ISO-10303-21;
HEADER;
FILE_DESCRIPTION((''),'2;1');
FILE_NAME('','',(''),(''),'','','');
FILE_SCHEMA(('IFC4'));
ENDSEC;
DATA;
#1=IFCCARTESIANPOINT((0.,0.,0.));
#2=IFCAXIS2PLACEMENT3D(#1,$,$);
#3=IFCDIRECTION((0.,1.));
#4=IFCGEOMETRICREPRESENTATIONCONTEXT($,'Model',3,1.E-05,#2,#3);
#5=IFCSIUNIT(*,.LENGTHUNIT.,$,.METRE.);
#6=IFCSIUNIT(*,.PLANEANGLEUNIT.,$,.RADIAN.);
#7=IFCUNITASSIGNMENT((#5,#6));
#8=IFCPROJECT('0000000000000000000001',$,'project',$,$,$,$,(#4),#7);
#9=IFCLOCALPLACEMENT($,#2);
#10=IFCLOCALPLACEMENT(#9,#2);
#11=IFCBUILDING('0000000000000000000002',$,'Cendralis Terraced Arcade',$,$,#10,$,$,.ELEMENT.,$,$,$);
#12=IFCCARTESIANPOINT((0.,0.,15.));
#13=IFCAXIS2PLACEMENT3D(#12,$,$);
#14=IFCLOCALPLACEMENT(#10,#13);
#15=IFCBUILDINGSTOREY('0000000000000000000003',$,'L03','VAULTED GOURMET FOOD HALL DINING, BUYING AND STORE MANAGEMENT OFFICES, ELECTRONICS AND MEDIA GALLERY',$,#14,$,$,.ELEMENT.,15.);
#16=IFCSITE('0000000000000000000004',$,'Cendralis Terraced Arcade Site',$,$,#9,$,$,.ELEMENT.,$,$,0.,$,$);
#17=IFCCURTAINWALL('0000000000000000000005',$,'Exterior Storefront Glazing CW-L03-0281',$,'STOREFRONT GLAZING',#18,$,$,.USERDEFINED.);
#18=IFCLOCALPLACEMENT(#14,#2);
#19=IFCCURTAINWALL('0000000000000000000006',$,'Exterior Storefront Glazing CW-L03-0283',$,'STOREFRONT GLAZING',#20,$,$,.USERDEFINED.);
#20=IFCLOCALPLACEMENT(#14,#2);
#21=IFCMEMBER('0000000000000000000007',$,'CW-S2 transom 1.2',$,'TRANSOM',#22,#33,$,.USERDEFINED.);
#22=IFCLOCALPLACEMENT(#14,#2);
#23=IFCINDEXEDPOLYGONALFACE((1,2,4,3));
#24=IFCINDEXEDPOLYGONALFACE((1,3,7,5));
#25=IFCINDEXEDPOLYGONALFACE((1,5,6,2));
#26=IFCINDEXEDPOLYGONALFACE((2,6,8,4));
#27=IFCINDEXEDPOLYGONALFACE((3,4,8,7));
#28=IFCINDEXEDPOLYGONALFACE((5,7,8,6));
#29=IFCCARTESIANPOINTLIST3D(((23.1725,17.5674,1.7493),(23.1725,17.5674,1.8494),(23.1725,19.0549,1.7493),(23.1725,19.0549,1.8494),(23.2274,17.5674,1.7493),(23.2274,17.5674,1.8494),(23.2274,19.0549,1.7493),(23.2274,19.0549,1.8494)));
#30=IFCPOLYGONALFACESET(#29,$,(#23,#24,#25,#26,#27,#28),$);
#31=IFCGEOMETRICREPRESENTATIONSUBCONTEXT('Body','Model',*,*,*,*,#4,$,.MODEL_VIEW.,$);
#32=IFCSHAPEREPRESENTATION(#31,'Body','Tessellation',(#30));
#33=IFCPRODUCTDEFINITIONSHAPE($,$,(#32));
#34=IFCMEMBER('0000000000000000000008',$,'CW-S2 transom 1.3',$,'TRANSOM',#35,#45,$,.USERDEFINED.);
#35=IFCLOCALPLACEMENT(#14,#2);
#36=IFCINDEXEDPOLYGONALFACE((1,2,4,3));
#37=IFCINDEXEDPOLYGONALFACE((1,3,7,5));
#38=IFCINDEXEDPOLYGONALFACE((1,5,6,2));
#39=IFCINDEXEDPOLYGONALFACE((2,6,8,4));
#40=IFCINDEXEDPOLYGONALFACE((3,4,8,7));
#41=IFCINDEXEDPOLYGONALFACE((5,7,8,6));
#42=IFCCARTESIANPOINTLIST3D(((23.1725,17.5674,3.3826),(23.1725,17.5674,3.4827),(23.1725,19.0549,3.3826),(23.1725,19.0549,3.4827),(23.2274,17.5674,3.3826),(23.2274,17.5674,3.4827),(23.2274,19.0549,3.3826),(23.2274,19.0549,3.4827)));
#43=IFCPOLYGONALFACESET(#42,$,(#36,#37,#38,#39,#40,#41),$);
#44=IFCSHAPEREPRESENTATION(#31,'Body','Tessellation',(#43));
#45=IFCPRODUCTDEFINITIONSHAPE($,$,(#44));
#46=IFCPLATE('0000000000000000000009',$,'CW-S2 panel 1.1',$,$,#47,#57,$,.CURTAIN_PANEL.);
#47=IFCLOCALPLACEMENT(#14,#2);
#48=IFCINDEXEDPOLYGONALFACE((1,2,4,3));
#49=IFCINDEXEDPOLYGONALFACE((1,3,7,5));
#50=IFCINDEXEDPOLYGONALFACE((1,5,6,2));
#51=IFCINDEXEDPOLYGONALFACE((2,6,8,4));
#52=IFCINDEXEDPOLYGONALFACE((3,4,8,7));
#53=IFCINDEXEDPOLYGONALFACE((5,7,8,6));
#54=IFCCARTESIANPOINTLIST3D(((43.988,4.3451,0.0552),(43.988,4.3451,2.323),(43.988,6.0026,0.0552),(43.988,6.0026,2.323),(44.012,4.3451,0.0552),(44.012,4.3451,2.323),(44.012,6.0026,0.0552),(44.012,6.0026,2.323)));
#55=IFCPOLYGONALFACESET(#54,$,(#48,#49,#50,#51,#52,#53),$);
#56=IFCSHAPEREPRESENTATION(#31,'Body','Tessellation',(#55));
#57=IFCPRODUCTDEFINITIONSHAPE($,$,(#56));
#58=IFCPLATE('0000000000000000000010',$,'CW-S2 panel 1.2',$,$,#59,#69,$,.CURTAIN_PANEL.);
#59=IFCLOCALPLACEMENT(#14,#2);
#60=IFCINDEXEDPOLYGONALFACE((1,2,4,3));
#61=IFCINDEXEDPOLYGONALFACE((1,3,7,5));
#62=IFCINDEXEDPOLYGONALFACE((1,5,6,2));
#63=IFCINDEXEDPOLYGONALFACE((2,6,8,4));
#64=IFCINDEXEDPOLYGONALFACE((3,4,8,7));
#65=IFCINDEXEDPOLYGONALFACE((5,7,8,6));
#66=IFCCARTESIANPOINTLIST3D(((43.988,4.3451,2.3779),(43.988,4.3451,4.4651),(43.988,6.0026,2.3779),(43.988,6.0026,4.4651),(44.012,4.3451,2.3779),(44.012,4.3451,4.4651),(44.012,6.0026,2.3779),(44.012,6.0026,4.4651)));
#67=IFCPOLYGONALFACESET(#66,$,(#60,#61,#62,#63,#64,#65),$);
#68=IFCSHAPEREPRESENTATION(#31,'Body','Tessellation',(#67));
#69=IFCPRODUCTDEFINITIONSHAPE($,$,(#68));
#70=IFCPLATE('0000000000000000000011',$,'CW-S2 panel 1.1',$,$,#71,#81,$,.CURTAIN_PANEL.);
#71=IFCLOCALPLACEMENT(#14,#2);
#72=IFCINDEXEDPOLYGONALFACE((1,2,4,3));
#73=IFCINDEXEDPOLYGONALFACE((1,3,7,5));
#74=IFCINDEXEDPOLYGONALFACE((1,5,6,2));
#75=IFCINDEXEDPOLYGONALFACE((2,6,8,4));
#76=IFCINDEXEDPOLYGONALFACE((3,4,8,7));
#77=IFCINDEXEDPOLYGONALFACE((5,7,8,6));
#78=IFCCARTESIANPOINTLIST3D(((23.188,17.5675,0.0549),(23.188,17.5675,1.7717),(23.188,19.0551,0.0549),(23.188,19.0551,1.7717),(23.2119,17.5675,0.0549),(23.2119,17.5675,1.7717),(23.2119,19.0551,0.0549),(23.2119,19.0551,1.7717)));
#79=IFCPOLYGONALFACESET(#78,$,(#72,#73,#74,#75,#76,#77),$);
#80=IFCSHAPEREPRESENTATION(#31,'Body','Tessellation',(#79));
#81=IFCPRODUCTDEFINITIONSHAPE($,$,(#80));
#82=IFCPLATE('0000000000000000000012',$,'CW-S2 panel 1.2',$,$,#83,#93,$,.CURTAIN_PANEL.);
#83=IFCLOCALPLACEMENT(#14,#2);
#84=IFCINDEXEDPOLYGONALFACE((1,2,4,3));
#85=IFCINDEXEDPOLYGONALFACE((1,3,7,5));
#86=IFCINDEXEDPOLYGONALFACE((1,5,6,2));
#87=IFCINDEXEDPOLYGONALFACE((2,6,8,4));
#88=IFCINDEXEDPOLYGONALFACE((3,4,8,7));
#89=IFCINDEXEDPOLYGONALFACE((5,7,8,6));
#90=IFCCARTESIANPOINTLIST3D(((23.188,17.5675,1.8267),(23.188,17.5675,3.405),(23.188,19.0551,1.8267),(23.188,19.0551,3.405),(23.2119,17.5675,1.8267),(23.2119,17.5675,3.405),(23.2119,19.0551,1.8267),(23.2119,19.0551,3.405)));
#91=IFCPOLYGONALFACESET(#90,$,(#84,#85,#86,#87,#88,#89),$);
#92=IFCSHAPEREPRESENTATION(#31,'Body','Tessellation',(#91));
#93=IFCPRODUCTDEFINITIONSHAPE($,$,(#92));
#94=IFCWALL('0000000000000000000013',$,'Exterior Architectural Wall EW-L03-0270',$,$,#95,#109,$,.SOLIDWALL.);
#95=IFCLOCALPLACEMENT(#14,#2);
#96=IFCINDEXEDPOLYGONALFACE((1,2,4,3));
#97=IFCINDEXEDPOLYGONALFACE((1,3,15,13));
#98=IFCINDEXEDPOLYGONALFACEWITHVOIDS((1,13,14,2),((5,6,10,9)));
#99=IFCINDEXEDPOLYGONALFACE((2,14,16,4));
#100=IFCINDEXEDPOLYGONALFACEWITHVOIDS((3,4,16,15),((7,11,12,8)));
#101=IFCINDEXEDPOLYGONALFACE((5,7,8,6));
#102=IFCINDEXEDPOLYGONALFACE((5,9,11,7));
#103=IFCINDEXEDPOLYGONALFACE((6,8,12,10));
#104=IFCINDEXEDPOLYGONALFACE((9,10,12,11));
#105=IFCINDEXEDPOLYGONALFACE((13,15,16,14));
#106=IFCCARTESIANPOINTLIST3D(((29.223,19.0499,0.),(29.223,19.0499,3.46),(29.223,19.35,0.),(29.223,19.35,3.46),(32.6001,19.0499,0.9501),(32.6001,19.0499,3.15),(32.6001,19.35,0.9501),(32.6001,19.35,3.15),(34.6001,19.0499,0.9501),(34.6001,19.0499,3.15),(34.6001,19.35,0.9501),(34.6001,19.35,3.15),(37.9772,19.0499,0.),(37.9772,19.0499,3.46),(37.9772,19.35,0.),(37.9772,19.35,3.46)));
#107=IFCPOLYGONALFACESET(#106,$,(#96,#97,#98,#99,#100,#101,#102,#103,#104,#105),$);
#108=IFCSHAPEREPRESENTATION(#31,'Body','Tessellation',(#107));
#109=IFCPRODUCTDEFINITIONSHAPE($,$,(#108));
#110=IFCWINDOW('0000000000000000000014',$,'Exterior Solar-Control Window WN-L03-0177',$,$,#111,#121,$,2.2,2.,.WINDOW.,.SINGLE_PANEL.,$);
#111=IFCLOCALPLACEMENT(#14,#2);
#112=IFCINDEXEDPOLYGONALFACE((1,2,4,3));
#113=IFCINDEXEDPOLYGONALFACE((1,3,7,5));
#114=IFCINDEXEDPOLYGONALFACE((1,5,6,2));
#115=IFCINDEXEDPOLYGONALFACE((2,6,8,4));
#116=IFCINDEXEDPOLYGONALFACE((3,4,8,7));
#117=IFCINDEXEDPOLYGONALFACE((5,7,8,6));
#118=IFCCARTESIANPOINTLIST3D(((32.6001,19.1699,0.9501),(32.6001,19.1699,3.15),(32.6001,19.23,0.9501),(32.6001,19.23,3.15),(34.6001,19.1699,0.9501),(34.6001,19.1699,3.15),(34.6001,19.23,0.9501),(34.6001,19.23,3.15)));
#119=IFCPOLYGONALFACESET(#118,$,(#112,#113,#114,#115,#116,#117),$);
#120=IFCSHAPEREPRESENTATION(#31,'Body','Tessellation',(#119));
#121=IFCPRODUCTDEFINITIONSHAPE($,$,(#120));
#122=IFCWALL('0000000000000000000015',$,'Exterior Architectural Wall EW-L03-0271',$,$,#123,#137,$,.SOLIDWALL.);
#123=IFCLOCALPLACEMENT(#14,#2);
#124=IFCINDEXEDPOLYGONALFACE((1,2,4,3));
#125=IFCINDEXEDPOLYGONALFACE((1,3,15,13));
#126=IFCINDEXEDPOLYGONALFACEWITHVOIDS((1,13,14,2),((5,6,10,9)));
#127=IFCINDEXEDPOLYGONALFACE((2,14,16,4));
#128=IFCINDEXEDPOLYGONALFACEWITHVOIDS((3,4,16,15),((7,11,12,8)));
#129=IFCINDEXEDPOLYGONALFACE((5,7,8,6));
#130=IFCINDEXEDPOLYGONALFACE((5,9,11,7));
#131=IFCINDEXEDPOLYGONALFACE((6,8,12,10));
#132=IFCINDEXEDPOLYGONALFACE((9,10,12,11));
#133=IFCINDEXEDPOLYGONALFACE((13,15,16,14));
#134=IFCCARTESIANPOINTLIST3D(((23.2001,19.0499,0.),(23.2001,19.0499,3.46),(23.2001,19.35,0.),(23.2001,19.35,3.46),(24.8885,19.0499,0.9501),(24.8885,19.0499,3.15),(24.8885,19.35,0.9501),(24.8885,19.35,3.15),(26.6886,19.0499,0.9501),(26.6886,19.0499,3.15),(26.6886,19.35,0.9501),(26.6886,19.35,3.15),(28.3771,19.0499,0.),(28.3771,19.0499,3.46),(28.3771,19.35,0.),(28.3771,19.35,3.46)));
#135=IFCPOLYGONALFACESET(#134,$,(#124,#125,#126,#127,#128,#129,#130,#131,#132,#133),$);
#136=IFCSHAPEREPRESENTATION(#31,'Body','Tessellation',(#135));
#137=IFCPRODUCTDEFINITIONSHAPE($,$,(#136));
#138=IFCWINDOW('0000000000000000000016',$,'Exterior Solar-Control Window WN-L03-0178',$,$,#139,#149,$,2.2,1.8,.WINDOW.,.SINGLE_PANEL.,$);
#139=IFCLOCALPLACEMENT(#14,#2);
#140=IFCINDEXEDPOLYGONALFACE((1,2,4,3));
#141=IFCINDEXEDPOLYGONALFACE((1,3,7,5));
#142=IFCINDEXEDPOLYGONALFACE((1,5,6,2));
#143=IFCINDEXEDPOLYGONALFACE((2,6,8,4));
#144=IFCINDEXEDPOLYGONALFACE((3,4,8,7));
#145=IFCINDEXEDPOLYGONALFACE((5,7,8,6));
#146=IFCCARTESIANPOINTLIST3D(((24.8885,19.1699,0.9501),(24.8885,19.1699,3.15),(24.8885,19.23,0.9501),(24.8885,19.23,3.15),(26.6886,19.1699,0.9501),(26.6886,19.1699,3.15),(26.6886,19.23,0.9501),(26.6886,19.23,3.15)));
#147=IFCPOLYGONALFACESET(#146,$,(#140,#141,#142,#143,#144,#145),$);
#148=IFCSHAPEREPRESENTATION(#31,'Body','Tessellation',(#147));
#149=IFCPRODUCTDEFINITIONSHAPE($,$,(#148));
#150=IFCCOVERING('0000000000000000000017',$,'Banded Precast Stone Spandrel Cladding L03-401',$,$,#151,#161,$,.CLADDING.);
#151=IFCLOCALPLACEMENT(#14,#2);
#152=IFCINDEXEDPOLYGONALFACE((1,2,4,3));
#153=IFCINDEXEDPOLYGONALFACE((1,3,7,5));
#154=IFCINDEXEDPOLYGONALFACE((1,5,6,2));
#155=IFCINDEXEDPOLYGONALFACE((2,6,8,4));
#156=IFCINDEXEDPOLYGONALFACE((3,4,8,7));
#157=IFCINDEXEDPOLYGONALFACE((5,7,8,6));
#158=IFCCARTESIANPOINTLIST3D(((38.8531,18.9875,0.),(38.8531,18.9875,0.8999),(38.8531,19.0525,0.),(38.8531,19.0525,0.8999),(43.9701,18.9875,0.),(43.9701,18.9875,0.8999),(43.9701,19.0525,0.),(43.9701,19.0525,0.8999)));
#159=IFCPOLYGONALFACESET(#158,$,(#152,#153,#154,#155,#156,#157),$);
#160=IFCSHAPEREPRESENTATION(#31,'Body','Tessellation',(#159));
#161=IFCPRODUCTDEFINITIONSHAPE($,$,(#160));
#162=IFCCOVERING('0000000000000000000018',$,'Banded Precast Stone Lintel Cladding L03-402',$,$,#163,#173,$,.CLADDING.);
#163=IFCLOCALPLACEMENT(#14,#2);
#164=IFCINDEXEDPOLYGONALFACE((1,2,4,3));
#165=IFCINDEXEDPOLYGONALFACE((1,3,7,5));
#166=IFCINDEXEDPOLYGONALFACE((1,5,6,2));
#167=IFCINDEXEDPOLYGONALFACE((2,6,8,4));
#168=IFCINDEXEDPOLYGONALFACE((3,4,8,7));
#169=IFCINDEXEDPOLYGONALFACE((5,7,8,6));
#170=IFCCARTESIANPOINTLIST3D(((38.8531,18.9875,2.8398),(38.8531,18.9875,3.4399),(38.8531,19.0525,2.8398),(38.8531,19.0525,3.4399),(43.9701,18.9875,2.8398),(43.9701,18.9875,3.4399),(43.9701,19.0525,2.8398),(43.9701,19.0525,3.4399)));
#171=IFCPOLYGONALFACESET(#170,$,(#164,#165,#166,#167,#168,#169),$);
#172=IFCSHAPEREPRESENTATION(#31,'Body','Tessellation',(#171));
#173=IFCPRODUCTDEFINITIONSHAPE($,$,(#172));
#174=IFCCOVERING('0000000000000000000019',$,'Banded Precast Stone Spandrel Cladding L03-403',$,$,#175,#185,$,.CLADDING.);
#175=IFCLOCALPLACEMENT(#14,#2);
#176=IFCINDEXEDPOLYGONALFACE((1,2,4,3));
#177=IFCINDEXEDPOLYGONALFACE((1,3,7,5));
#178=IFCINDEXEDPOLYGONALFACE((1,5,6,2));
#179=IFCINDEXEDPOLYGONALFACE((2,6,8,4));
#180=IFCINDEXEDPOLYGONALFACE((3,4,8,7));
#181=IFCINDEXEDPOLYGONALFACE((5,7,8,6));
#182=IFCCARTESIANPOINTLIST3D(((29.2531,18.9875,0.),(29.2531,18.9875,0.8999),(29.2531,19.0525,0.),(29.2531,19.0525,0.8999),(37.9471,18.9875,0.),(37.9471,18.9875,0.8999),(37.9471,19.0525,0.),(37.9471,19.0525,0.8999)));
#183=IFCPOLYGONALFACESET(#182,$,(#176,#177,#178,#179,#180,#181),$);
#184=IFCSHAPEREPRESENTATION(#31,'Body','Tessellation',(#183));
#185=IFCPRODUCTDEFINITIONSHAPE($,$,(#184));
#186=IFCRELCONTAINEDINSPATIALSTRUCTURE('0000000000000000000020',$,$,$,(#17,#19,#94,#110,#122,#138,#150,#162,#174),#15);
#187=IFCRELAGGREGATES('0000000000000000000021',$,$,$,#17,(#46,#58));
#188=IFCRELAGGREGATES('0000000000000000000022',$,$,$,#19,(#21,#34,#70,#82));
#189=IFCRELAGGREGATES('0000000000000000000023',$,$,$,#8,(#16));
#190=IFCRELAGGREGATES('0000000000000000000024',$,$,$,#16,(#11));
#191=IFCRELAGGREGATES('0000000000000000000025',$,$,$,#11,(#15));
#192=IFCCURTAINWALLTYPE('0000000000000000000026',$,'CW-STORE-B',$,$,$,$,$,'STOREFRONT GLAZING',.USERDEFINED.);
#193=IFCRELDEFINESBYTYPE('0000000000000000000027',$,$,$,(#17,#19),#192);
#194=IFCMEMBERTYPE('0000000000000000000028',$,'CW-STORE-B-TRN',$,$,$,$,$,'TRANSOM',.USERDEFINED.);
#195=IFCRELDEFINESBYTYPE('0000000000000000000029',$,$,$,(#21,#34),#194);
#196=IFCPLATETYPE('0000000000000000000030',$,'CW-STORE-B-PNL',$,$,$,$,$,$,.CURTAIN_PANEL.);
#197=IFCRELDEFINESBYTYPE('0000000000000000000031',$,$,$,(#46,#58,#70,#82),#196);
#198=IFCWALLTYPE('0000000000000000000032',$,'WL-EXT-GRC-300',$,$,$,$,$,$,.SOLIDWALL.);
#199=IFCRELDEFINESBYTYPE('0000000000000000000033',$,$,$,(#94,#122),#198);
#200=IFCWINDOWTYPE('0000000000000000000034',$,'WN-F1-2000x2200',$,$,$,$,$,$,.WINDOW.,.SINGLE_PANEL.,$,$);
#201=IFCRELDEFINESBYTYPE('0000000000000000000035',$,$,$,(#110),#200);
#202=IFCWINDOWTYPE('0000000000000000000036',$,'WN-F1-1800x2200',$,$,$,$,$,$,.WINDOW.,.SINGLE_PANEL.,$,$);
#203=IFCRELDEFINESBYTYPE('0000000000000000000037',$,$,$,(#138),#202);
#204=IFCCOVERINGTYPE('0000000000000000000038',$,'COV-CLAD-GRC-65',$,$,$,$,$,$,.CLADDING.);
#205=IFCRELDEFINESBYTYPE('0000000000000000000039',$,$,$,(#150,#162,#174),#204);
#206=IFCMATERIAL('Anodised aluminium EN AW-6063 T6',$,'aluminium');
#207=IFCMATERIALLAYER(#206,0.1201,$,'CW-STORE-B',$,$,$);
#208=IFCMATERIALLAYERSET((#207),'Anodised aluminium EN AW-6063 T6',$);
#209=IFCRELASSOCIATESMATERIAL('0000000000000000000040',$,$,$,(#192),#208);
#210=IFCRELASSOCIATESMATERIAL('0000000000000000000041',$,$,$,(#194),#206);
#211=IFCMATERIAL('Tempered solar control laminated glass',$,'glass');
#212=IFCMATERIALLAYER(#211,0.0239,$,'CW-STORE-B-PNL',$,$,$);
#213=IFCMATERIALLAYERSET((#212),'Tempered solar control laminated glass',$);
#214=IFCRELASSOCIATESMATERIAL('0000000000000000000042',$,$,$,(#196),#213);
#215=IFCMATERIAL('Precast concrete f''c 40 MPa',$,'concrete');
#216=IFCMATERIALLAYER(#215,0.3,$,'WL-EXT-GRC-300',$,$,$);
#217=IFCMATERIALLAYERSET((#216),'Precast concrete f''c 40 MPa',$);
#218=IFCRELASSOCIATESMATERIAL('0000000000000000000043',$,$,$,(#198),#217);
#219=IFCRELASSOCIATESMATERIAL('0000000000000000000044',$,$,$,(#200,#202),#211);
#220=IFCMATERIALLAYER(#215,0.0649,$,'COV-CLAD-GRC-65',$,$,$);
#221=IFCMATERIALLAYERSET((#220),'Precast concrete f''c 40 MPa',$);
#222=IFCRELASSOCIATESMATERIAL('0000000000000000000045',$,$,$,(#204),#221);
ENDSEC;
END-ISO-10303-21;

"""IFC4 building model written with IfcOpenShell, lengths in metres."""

from ifc_helpers import new_model, si_unit, direction, frame, frame_2d, origin, origin_2d, place, context, subcontext, project, spatial, rectangle, extrude, material, layer, layer_set, material_profile, profile_set, type_object, element, fill, aggregate, save


model = new_model("IFC4")

# Units and contexts
model_context = context("Model", 3, precision=1e-05, world=origin(), true_north=direction((0.0, 1.0)))
body_context = subcontext(model_context, "Body", "Model", "MODEL_VIEW")
ifc_project = project(units=[si_unit("LENGTHUNIT", "METRE"), si_unit("PLANEANGLEUNIT", "RADIAN")], contexts=[model_context])

# Site, building, storey
site_placement = place(None, origin())
site = spatial("IfcSite", under=ifc_project, at=site_placement, Name="Cendralis Terraced Arcade Site", CompositionType="ELEMENT", RefElevation=0.0)
building_placement = place(site_placement, origin())
building = spatial("IfcBuilding", under=site, at=building_placement, Name="Cendralis Terraced Arcade", CompositionType="ELEMENT")
storey_placement = place(building_placement, frame((0.0, 0.0, 15.0)))
storey = spatial("IfcBuildingStorey", under=building, at=storey_placement, Name="L03", Description="VAULTED GOURMET FOOD HALL DINING, BUYING AND STORE MANAGEMENT OFFICES, ELECTRONICS AND MEDIA GALLERY", CompositionType="ELEMENT", Elevation=15.0)

# Curtain walls
ifc_material_1 = material(Name="Anodised aluminium EN AW-6063 T6", Category="aluminium")
ifc_layer_1 = layer(ifc_material_1, 0.1201, Name="CW-STORE-B")
ifc_layer_set_1 = layer_set([ifc_layer_1], Name="Anodised aluminium EN AW-6063 T6")
curtain_wall_type = type_object("IfcCurtainWallType", Name="CW-STORE-B", ElementType="STOREFRONT GLAZING", PredefinedType="USERDEFINED", material=ifc_layer_set_1)
curtain_wall_1_placement = place(storey_placement, origin())
curtain_wall_1 = element("IfcCurtainWall", 1, at=curtain_wall_1_placement, inside=storey, type_object=curtain_wall_type, Name="Exterior Storefront Glazing CW-L03-0281", ObjectType="STOREFRONT GLAZING", PredefinedType="USERDEFINED")
curtain_wall_2_placement = place(storey_placement, origin())
curtain_wall_2 = element("IfcCurtainWall", 2, at=curtain_wall_2_placement, inside=storey, type_object=curtain_wall_type, Name="Exterior Storefront Glazing CW-L03-0283", ObjectType="STOREFRONT GLAZING", PredefinedType="USERDEFINED")

# Members
ifc_material_profile_1 = material_profile(ifc_material_1, rectangle(XDim=0.0549, YDim=0.1001, at=origin_2d()), Name="ALU-TRN-55x100")
ifc_profile_set_1 = profile_set([ifc_material_profile_1], Name="Anodised aluminium EN AW-6063 T6")
member_type_1 = type_object("IfcMemberType", Name="CW-STORE-B-TRN", ElementType="TRANSOM", PredefinedType="USERDEFINED", material=ifc_profile_set_1)
member_1_placement = place(storey_placement, frame((23.2, 19.0549, 1.7993), z_axis=(0.0, -1.0, 0.0), x_axis=(1.0, 0.0, 0.0)))
member_1 = element("IfcMember", 3, at=member_1_placement, type_object=member_type_1, Name="CW-S2 transom 1.2", ObjectType="TRANSOM", PredefinedType="USERDEFINED", context=body_context, shape_type="SweptSolid", body=[
    extrude(rectangle(XDim=0.0549, YDim=0.1001, at=origin_2d()), origin(), (0.0, 0.0, 1.0), 1.4875),
])
member_2_placement = place(storey_placement, frame((23.2, 19.0549, 3.4326), z_axis=(0.0, -1.0, 0.0), x_axis=(1.0, 0.0, 0.0)))
member_2 = element("IfcMember", 4, at=member_2_placement, type_object=member_type_1, Name="CW-S2 transom 1.3", ObjectType="TRANSOM", PredefinedType="USERDEFINED", context=body_context, shape_type="SweptSolid", body=[
    extrude(rectangle(XDim=0.0549, YDim=0.1001, at=origin_2d()), origin(), (0.0, 0.0, 1.0), 1.4875),
])

# Plates
ifc_material_2 = material(Name="Tempered solar control laminated glass", Category="glass")
ifc_layer_2 = layer(ifc_material_2, 0.0239, Name="CW-STORE-B-PNL")
ifc_layer_set_2 = layer_set([ifc_layer_2], Name="Tempered solar control laminated glass")
plate_type = type_object("IfcPlateType", Name="CW-STORE-B-PNL", PredefinedType="CURTAIN_PANEL", material=ifc_layer_set_2)
plate_1_placement = place(storey_placement, frame((44.0, 5.1738, 0.0552), z_axis=(0.0, 0.0, 1.0), x_axis=(0.0, 1.0, 0.0)))
plate_1 = element("IfcPlate", 5, at=plate_1_placement, type_object=plate_type, Name="CW-S2 panel 1.1", PredefinedType="CURTAIN_PANEL", context=body_context, shape_type="SweptSolid", body=[
    extrude(rectangle(XDim=1.6575, YDim=0.0239, at=origin_2d()), origin(), (0.0, 0.0, 1.0), 2.2678),
])
plate_2_placement = place(storey_placement, frame((44.0, 5.1738, 2.3779), z_axis=(0.0, 0.0, 1.0), x_axis=(0.0, 1.0, 0.0)))
plate_2 = element("IfcPlate", 6, at=plate_2_placement, type_object=plate_type, Name="CW-S2 panel 1.2", PredefinedType="CURTAIN_PANEL", context=body_context, shape_type="SweptSolid", body=[
    extrude(rectangle(XDim=1.6575, YDim=0.0239, at=origin_2d()), origin(), (0.0, 0.0, 1.0), 2.0872),
])
aggregate(curtain_wall_1, [plate_1, plate_2])
plate_3_placement = place(storey_placement, frame((23.2, 18.3113, 0.0549), z_axis=(0.0, 0.0, 1.0), x_axis=(0.0, -1.0, 0.0)))
plate_3 = element("IfcPlate", 7, at=plate_3_placement, type_object=plate_type, Name="CW-S2 panel 1.1", PredefinedType="CURTAIN_PANEL", context=body_context, shape_type="SweptSolid", body=[
    extrude(rectangle(XDim=1.4875, YDim=0.0239, at=origin_2d()), origin(), (0.0, 0.0, 1.0), 1.7168),
])
plate_4_placement = place(storey_placement, frame((23.2, 18.3113, 1.8267), z_axis=(0.0, 0.0, 1.0), x_axis=(0.0, -1.0, 0.0)))
plate_4 = element("IfcPlate", 8, at=plate_4_placement, type_object=plate_type, Name="CW-S2 panel 1.2", PredefinedType="CURTAIN_PANEL", context=body_context, shape_type="SweptSolid", body=[
    extrude(rectangle(XDim=1.4875, YDim=0.0239, at=origin_2d()), origin(), (0.0, 0.0, 1.0), 1.5784),
])
aggregate(curtain_wall_2, [member_1, member_2, plate_3, plate_4])

# Walls, openings, windows
ifc_material_3 = material(Name="Precast concrete f'c 40 MPa", Category="concrete")
ifc_layer_3 = layer(ifc_material_3, 0.3, Name="WL-EXT-GRC-300")
ifc_layer_set_3 = layer_set([ifc_layer_3], Name="Precast concrete f'c 40 MPa")
wall_type = type_object("IfcWallType", Name="WL-EXT-GRC-300", PredefinedType="SOLIDWALL", material=ifc_layer_set_3)
wall_1_placement = place(storey_placement, frame((37.9771, 19.2, 0.0), z_axis=(0.0, 0.0, 1.0), x_axis=(-1.0, 0.0, 0.0)))
wall_1 = element("IfcWall", 9, at=wall_1_placement, inside=storey, type_object=wall_type, Name="Exterior Architectural Wall EW-L03-0270", PredefinedType="SOLIDWALL", context=body_context, shape_type="SweptSolid", body=[
    extrude(rectangle(XDim=8.7542, YDim=0.3, at=frame_2d((4.377, 0.0))), origin(), (0.0, 0.0, 1.0), 3.46),
])
opening_1_placement = place(wall_1_placement, frame((3.377, 0.0, 0.95)))
opening_1 = element("IfcOpeningElement", 10, at=opening_1_placement, cuts=wall_1, PredefinedType="OPENING", context=body_context, shape_type="SweptSolid", body=[
    extrude(rectangle(XDim=2.0, YDim=2.2, at=frame_2d((1.0, 1.1001))), frame((0.0, 0.1621, 0.0), z_axis=(0.0, -1.0, 0.0), x_axis=(1.0, 0.0, 0.0)), (0.0, 0.0, 1.0), 0.324),
])
window_type_1 = type_object("IfcWindowType", Name="WN-F1-2000x2200", PartitioningType="SINGLE_PANEL", PredefinedType="WINDOW", material=ifc_material_2)
window_1_placement = place(opening_1_placement, origin())
window_1 = element("IfcWindow", 11, at=window_1_placement, inside=storey, type_object=window_type_1, Name="Exterior Solar-Control Window WN-L03-0177", OverallHeight=2.2, OverallWidth=2.0, PartitioningType="SINGLE_PANEL", PredefinedType="WINDOW", context=body_context, shape_type="SweptSolid", body=[
    extrude(rectangle(XDim=2.0, YDim=2.2, at=frame_2d((1.0, 1.1001))), frame((0.0, 0.03, 0.0), z_axis=(0.0, -1.0, 0.0), x_axis=(1.0, 0.0, 0.0)), (0.0, 0.0, 1.0), 0.0601),
])
fill(opening_1, window_1)
wall_2_placement = place(storey_placement, frame((28.377, 19.2, 0.0), z_axis=(0.0, 0.0, 1.0), x_axis=(-1.0, 0.0, 0.0)))
wall_2 = element("IfcWall", 12, at=wall_2_placement, inside=storey, type_object=wall_type, Name="Exterior Architectural Wall EW-L03-0271", PredefinedType="SOLIDWALL", context=body_context, shape_type="SweptSolid", body=[
    extrude(rectangle(XDim=5.177, YDim=0.3, at=frame_2d((2.5884, 0.0))), origin(), (0.0, 0.0, 1.0), 3.46),
])
opening_2_placement = place(wall_2_placement, frame((1.6885, 0.0, 0.95)))
opening_2 = element("IfcOpeningElement", 13, at=opening_2_placement, cuts=wall_2, PredefinedType="OPENING", context=body_context, shape_type="SweptSolid", body=[
    extrude(rectangle(XDim=1.8, YDim=2.2, at=frame_2d((0.8999, 1.1001))), frame((0.0, 0.1621, 0.0), z_axis=(0.0, -1.0, 0.0), x_axis=(1.0, 0.0, 0.0)), (0.0, 0.0, 1.0), 0.324),
])
window_type_2 = type_object("IfcWindowType", Name="WN-F1-1800x2200", PartitioningType="SINGLE_PANEL", PredefinedType="WINDOW", material=ifc_material_2)
window_2_placement = place(opening_2_placement, origin())
window_2 = element("IfcWindow", 14, at=window_2_placement, inside=storey, type_object=window_type_2, Name="Exterior Solar-Control Window WN-L03-0178", OverallHeight=2.2, OverallWidth=1.8, PartitioningType="SINGLE_PANEL", PredefinedType="WINDOW", context=body_context, shape_type="SweptSolid", body=[
    extrude(rectangle(XDim=1.8, YDim=2.2, at=frame_2d((0.8999, 1.1001))), frame((0.0, 0.03, 0.0), z_axis=(0.0, -1.0, 0.0), x_axis=(1.0, 0.0, 0.0)), (0.0, 0.0, 1.0), 0.0601),
])
fill(opening_2, window_2)

# Coverings
ifc_layer_4 = layer(ifc_material_3, 0.0649, Name="COV-CLAD-GRC-65")
ifc_layer_set_4 = layer_set([ifc_layer_4], Name="Precast concrete f'c 40 MPa")
covering_type = type_object("IfcCoveringType", Name="COV-CLAD-GRC-65", PredefinedType="CLADDING", material=ifc_layer_set_4)
covering_1_placement = place(storey_placement, frame((41.4116, 19.02, 0.0), z_axis=(0.0, 0.0, 1.0), x_axis=(-1.0, 0.0, 0.0)))
element("IfcCovering", 15, at=covering_1_placement, inside=storey, type_object=covering_type, Name="Banded Precast Stone Spandrel Cladding L03-401", PredefinedType="CLADDING", context=body_context, shape_type="SweptSolid", body=[
    extrude(rectangle(XDim=5.1169, YDim=0.0649, at=origin_2d()), origin(), (0.0, 0.0, 1.0), 0.8999),
])
covering_2_placement = place(storey_placement, frame((41.4116, 19.02, 2.8398), z_axis=(0.0, 0.0, 1.0), x_axis=(-1.0, 0.0, 0.0)))
element("IfcCovering", 16, at=covering_2_placement, inside=storey, type_object=covering_type, Name="Banded Precast Stone Lintel Cladding L03-402", PredefinedType="CLADDING", context=body_context, shape_type="SweptSolid", body=[
    extrude(rectangle(XDim=5.1169, YDim=0.0649, at=origin_2d()), origin(), (0.0, 0.0, 1.0), 0.6001),
])
covering_3_placement = place(storey_placement, frame((33.6001, 19.02, 0.0), z_axis=(0.0, 0.0, 1.0), x_axis=(-1.0, 0.0, 0.0)))
element("IfcCovering", 17, at=covering_3_placement, inside=storey, type_object=covering_type, Name="Banded Precast Stone Spandrel Cladding L03-403", PredefinedType="CLADDING", context=body_context, shape_type="SweptSolid", body=[
    extrude(rectangle(XDim=8.6941, YDim=0.0649, at=origin_2d()), origin(), (0.0, 0.0, 1.0), 0.8999),
])

save(model, "model.ifc")
